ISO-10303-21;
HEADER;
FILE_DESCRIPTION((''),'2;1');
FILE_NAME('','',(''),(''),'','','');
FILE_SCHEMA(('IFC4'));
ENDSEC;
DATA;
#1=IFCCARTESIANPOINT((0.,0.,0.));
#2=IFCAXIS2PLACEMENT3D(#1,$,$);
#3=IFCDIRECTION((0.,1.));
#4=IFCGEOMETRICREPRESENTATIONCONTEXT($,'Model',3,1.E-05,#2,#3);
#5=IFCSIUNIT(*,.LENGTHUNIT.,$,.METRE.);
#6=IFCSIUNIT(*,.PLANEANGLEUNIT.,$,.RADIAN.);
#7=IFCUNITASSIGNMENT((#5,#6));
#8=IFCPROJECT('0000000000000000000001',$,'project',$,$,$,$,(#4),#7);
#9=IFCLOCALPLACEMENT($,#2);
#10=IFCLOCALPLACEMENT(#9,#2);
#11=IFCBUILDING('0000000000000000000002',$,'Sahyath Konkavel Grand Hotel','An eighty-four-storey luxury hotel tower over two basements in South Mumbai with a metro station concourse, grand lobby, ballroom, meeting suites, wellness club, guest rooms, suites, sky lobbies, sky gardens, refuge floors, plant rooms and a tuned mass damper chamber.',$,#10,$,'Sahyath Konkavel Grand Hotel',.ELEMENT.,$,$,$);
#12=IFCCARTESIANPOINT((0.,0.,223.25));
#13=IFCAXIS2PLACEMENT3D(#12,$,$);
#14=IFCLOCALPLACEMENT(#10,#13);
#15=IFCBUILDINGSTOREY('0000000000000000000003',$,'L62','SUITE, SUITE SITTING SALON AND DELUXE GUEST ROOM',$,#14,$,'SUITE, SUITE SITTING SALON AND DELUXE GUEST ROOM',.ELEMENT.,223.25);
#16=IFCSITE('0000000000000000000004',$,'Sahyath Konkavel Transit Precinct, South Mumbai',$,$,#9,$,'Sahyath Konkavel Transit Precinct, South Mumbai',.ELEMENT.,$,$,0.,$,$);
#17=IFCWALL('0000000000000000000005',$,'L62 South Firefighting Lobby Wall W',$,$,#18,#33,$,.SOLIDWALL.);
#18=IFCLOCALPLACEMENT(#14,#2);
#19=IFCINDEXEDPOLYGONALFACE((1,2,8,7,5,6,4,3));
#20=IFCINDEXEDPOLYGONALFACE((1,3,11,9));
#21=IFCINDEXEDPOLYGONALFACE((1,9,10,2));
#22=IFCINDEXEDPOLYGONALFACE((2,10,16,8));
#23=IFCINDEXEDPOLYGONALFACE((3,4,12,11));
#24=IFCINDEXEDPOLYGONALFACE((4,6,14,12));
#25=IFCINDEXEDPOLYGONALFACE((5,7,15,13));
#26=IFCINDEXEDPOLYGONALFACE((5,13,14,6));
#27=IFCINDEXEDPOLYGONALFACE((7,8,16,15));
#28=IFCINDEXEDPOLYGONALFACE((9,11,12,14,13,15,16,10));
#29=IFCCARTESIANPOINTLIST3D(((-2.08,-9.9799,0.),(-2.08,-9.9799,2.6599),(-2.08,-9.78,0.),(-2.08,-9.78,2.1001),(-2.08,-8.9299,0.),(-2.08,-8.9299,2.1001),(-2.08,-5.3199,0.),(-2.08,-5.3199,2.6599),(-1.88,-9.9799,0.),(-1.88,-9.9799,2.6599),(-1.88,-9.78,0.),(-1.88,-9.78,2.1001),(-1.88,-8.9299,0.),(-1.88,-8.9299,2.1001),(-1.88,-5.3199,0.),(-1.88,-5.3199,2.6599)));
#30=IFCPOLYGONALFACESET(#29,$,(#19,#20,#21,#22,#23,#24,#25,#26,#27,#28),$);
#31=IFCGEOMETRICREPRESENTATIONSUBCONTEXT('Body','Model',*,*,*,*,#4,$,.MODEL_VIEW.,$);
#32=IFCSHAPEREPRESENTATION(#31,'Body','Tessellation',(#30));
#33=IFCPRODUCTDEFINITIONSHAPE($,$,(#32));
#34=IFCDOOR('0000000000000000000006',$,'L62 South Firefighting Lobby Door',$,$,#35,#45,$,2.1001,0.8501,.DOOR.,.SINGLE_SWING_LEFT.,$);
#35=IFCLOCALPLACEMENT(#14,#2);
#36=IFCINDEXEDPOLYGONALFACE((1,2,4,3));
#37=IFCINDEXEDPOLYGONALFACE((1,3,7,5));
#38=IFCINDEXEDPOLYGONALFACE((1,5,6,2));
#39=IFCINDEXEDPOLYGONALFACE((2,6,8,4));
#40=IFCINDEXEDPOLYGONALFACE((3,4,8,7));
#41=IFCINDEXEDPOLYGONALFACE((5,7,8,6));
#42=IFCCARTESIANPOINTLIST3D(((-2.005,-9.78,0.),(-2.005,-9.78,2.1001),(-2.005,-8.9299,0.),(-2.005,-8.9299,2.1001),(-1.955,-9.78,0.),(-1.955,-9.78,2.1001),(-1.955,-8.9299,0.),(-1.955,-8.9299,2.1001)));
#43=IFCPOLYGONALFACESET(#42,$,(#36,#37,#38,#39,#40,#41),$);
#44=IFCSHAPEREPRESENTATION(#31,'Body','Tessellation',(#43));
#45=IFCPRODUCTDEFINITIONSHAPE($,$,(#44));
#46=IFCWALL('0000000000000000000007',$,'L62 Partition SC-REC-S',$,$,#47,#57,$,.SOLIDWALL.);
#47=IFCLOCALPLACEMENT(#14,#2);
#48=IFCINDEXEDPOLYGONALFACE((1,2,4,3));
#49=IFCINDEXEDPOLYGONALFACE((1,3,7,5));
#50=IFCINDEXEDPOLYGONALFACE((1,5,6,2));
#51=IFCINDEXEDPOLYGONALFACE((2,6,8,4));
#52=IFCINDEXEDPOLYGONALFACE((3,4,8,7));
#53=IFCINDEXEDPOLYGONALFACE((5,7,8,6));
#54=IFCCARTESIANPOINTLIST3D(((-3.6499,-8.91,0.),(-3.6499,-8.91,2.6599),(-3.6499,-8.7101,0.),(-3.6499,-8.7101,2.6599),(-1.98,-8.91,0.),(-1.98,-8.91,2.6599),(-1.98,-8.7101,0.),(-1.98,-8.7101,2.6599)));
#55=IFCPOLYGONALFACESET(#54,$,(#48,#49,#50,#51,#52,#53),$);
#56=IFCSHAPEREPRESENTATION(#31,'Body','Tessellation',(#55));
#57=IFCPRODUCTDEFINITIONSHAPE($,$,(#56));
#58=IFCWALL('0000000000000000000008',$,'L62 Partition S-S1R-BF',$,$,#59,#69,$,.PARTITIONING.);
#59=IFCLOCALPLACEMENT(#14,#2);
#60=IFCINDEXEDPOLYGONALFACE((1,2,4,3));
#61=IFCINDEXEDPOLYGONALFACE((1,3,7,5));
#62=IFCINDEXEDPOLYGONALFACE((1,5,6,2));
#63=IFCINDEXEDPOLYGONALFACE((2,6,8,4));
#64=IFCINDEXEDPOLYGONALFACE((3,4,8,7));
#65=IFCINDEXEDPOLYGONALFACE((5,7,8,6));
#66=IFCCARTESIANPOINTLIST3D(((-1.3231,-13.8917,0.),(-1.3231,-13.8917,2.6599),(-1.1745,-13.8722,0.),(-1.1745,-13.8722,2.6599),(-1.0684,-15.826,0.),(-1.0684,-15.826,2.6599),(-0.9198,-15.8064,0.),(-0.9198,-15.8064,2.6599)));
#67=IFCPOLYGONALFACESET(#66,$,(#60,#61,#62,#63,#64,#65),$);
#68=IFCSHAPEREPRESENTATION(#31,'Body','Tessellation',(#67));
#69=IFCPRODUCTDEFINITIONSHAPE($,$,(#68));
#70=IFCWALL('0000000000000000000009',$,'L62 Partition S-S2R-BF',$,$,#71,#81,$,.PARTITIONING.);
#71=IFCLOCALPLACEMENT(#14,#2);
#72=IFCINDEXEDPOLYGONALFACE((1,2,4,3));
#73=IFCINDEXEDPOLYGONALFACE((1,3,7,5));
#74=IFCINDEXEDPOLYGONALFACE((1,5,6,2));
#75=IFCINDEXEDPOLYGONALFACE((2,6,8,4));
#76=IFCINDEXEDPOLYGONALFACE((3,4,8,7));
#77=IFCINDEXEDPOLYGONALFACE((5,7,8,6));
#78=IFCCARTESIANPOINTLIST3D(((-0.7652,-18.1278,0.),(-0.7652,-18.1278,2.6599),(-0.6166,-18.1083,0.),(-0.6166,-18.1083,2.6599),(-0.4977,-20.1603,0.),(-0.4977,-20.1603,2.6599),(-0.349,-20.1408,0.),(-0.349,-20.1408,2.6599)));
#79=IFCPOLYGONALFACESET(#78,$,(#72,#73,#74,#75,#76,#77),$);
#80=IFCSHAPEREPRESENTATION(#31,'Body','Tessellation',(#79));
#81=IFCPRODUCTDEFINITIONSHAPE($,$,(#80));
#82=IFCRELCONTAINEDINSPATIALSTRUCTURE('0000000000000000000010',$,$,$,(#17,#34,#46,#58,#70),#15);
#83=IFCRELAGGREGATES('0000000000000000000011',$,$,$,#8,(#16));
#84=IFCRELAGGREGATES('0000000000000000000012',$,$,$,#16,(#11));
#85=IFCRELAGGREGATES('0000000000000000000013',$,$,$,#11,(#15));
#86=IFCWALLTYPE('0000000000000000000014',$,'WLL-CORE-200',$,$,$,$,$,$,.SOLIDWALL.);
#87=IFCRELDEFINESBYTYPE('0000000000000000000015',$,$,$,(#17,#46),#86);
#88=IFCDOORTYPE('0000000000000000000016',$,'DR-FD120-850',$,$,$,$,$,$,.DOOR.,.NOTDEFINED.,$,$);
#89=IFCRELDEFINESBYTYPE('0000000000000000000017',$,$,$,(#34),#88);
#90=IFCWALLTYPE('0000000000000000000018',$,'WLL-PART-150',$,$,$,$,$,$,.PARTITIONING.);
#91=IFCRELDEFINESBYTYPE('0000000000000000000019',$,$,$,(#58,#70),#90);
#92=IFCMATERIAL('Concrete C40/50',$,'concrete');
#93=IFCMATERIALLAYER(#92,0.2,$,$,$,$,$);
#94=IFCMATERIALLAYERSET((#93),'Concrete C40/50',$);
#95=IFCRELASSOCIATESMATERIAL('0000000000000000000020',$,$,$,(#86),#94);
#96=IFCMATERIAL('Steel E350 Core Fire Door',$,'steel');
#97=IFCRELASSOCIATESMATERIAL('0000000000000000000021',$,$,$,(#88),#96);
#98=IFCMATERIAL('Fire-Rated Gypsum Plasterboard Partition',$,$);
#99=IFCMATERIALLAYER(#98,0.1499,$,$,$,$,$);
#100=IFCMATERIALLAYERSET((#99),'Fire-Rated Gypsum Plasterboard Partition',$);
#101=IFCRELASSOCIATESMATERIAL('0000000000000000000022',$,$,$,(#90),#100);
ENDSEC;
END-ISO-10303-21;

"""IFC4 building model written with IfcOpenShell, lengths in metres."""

from ifc_helpers import new_model, si_unit, direction, frame, frame_2d, origin, origin_2d, place, context, subcontext, project, spatial, rectangle, extrude, source, transform, mapped, material, layer, layer_set, type_object, element, fill, save


model = new_model("IFC4")

# Units and contexts
model_context = context("Model", 3, precision=1e-05, world=origin(), true_north=direction((0.0, 1.0)))
body_context = subcontext(model_context, "Body", "Model", "MODEL_VIEW")
ifc_project = project(units=[si_unit("LENGTHUNIT", "METRE"), si_unit("PLANEANGLEUNIT", "RADIAN")], contexts=[model_context])

# Site, building, storey
site_placement = place(None, origin())
site = spatial("IfcSite", under=ifc_project, at=site_placement, Name="Sahyath Konkavel Transit Precinct, South Mumbai", LongName="Sahyath Konkavel Transit Precinct, South Mumbai", CompositionType="ELEMENT", RefElevation=0.0)
building_placement = place(site_placement, origin())
building = spatial("IfcBuilding", under=site, at=building_placement, Name="Sahyath Konkavel Grand Hotel", Description="An eighty-four-storey luxury hotel tower over two basements in South Mumbai with a metro station concourse, grand lobby, ballroom, meeting suites, wellness club, guest rooms, suites, sky lobbies, sky gardens, refuge floors, plant rooms and a tuned mass damper chamber.", LongName="Sahyath Konkavel Grand Hotel", CompositionType="ELEMENT")
storey_placement = place(building_placement, frame((0.0, 0.0, 223.25)))
storey = spatial("IfcBuildingStorey", under=building, at=storey_placement, Name="L62", Description="SUITE, SUITE SITTING SALON AND DELUXE GUEST ROOM", LongName="SUITE, SUITE SITTING SALON AND DELUXE GUEST ROOM", CompositionType="ELEMENT", Elevation=223.25)

# Shared definitions
ifc_material_1 = material(Name="Concrete C40/50", Category="concrete")

# Wall, opening, door
ifc_layer_1 = layer(ifc_material_1, 0.2)
ifc_layer_set_1 = layer_set([ifc_layer_1], Name="Concrete C40/50")
wall_type_1 = type_object("IfcWallType", Name="WLL-CORE-200", PredefinedType="SOLIDWALL", material=ifc_layer_set_1)
wall_1_placement = place(storey_placement, frame((-1.98, -9.98, 0.0), z_axis=(0.0, 0.0, 1.0), x_axis=(0.0, 1.0, 0.0)))
wall_1 = element("IfcWall", 1, at=wall_1_placement, inside=storey, type_object=wall_type_1, Name="L62 South Firefighting Lobby Wall W", PredefinedType="SOLIDWALL", context=body_context, shape_type="SweptSolid", body=[
    extrude(rectangle(XDim=4.6599, YDim=0.2, at=frame_2d((2.3301, 0.0))), origin(), (0.0, 0.0, 1.0), 2.6599),
])
opening_1_placement = place(wall_1_placement, frame((0.2, 0.0, 0.0)))
opening_1 = element("IfcOpeningElement", 2, at=opening_1_placement, cuts=wall_1, PredefinedType="OPENING", context=body_context, shape_type="SweptSolid", body=[
    extrude(rectangle(XDim=0.8501, YDim=2.1001, at=frame_2d((0.425, 1.05))), frame((0.0, 0.1099, 0.0), z_axis=(0.0, -1.0, 0.0), x_axis=(1.0, 0.0, 0.0)), (0.0, 0.0, 1.0), 0.22),
])
ifc_material_2 = material(Name="Steel E350 Core Fire Door", Category="steel")
door_type_1 = type_object("IfcDoorType", Name="DR-FD120-850", OperationType="NOTDEFINED", PredefinedType="DOOR", material=ifc_material_2)
shared_shape_1 = source(origin(), body_context, "Body", "SweptSolid", [
    extrude(rectangle(XDim=0.8501, YDim=0.05, at=origin_2d()), origin(), (0.0, 0.0, 1.0), 2.1001),
])
door_1_placement = place(opening_1_placement, frame((0.425, 0.0, 0.0)))
door_1 = element("IfcDoor", 3, at=door_1_placement, inside=storey, type_object=door_type_1, Name="L62 South Firefighting Lobby Door", OperationType="SINGLE_SWING_LEFT", OverallHeight=2.1001, OverallWidth=0.8501, PredefinedType="DOOR", context=body_context, shape_type="MappedRepresentation", body=[
    mapped(shared_shape_1, transform((0.0, 0.0, 0.0), scale=1.0)),
])
fill(opening_1, door_1)

# Walls
wall_2_placement = place(storey_placement, frame((-3.6499, -8.8101, 0.0), z_axis=(0.0, 0.0, 1.0), x_axis=(1.0, 0.0, 0.0)))
element("IfcWall", 4, at=wall_2_placement, inside=storey, type_object=wall_type_1, Name="L62 Partition SC-REC-S", PredefinedType="SOLIDWALL", context=body_context, shape_type="SweptSolid", body=[
    extrude(rectangle(XDim=1.6699, YDim=0.2, at=frame_2d((0.835, 0.0))), origin(), (0.0, 0.0, 1.0), 2.6599),
])
ifc_material_3 = material(Name="Fire-Rated Gypsum Plasterboard Partition")
ifc_layer_2 = layer(ifc_material_3, 0.1499)
ifc_layer_set_2 = layer_set([ifc_layer_2], Name="Fire-Rated Gypsum Plasterboard Partition")
wall_type_2 = type_object("IfcWallType", Name="WLL-PART-150", PredefinedType="PARTITIONING", material=ifc_layer_set_2)
wall_3_placement = place(storey_placement, frame((-1.2488, -13.8818, 0.0), z_axis=(0.0, 0.0, 1.0), x_axis=(0.130516, -0.991446, 0.0)))
element("IfcWall", 5, at=wall_3_placement, inside=storey, type_object=wall_type_2, Name="L62 Partition S-S1R-BF", PredefinedType="PARTITIONING", context=body_context, shape_type="SweptSolid", body=[
    extrude(rectangle(XDim=1.9509, YDim=0.1499, at=frame_2d((0.9756, 0.0))), origin(), (0.0, 0.0, 1.0), 2.6599),
])
wall_4_placement = place(storey_placement, frame((-0.6909, -18.1182, 0.0), z_axis=(0.0, 0.0, 1.0), x_axis=(0.130525, -0.991445, 0.0)))
element("IfcWall", 6, at=wall_4_placement, inside=storey, type_object=wall_type_2, Name="L62 Partition S-S2R-BF", PredefinedType="PARTITIONING", context=body_context, shape_type="SweptSolid", body=[
    extrude(rectangle(XDim=2.05, YDim=0.1499, at=frame_2d((1.0249, 0.0))), origin(), (0.0, 0.0, 1.0), 2.6599),
])

save(model, "model.ifc")
